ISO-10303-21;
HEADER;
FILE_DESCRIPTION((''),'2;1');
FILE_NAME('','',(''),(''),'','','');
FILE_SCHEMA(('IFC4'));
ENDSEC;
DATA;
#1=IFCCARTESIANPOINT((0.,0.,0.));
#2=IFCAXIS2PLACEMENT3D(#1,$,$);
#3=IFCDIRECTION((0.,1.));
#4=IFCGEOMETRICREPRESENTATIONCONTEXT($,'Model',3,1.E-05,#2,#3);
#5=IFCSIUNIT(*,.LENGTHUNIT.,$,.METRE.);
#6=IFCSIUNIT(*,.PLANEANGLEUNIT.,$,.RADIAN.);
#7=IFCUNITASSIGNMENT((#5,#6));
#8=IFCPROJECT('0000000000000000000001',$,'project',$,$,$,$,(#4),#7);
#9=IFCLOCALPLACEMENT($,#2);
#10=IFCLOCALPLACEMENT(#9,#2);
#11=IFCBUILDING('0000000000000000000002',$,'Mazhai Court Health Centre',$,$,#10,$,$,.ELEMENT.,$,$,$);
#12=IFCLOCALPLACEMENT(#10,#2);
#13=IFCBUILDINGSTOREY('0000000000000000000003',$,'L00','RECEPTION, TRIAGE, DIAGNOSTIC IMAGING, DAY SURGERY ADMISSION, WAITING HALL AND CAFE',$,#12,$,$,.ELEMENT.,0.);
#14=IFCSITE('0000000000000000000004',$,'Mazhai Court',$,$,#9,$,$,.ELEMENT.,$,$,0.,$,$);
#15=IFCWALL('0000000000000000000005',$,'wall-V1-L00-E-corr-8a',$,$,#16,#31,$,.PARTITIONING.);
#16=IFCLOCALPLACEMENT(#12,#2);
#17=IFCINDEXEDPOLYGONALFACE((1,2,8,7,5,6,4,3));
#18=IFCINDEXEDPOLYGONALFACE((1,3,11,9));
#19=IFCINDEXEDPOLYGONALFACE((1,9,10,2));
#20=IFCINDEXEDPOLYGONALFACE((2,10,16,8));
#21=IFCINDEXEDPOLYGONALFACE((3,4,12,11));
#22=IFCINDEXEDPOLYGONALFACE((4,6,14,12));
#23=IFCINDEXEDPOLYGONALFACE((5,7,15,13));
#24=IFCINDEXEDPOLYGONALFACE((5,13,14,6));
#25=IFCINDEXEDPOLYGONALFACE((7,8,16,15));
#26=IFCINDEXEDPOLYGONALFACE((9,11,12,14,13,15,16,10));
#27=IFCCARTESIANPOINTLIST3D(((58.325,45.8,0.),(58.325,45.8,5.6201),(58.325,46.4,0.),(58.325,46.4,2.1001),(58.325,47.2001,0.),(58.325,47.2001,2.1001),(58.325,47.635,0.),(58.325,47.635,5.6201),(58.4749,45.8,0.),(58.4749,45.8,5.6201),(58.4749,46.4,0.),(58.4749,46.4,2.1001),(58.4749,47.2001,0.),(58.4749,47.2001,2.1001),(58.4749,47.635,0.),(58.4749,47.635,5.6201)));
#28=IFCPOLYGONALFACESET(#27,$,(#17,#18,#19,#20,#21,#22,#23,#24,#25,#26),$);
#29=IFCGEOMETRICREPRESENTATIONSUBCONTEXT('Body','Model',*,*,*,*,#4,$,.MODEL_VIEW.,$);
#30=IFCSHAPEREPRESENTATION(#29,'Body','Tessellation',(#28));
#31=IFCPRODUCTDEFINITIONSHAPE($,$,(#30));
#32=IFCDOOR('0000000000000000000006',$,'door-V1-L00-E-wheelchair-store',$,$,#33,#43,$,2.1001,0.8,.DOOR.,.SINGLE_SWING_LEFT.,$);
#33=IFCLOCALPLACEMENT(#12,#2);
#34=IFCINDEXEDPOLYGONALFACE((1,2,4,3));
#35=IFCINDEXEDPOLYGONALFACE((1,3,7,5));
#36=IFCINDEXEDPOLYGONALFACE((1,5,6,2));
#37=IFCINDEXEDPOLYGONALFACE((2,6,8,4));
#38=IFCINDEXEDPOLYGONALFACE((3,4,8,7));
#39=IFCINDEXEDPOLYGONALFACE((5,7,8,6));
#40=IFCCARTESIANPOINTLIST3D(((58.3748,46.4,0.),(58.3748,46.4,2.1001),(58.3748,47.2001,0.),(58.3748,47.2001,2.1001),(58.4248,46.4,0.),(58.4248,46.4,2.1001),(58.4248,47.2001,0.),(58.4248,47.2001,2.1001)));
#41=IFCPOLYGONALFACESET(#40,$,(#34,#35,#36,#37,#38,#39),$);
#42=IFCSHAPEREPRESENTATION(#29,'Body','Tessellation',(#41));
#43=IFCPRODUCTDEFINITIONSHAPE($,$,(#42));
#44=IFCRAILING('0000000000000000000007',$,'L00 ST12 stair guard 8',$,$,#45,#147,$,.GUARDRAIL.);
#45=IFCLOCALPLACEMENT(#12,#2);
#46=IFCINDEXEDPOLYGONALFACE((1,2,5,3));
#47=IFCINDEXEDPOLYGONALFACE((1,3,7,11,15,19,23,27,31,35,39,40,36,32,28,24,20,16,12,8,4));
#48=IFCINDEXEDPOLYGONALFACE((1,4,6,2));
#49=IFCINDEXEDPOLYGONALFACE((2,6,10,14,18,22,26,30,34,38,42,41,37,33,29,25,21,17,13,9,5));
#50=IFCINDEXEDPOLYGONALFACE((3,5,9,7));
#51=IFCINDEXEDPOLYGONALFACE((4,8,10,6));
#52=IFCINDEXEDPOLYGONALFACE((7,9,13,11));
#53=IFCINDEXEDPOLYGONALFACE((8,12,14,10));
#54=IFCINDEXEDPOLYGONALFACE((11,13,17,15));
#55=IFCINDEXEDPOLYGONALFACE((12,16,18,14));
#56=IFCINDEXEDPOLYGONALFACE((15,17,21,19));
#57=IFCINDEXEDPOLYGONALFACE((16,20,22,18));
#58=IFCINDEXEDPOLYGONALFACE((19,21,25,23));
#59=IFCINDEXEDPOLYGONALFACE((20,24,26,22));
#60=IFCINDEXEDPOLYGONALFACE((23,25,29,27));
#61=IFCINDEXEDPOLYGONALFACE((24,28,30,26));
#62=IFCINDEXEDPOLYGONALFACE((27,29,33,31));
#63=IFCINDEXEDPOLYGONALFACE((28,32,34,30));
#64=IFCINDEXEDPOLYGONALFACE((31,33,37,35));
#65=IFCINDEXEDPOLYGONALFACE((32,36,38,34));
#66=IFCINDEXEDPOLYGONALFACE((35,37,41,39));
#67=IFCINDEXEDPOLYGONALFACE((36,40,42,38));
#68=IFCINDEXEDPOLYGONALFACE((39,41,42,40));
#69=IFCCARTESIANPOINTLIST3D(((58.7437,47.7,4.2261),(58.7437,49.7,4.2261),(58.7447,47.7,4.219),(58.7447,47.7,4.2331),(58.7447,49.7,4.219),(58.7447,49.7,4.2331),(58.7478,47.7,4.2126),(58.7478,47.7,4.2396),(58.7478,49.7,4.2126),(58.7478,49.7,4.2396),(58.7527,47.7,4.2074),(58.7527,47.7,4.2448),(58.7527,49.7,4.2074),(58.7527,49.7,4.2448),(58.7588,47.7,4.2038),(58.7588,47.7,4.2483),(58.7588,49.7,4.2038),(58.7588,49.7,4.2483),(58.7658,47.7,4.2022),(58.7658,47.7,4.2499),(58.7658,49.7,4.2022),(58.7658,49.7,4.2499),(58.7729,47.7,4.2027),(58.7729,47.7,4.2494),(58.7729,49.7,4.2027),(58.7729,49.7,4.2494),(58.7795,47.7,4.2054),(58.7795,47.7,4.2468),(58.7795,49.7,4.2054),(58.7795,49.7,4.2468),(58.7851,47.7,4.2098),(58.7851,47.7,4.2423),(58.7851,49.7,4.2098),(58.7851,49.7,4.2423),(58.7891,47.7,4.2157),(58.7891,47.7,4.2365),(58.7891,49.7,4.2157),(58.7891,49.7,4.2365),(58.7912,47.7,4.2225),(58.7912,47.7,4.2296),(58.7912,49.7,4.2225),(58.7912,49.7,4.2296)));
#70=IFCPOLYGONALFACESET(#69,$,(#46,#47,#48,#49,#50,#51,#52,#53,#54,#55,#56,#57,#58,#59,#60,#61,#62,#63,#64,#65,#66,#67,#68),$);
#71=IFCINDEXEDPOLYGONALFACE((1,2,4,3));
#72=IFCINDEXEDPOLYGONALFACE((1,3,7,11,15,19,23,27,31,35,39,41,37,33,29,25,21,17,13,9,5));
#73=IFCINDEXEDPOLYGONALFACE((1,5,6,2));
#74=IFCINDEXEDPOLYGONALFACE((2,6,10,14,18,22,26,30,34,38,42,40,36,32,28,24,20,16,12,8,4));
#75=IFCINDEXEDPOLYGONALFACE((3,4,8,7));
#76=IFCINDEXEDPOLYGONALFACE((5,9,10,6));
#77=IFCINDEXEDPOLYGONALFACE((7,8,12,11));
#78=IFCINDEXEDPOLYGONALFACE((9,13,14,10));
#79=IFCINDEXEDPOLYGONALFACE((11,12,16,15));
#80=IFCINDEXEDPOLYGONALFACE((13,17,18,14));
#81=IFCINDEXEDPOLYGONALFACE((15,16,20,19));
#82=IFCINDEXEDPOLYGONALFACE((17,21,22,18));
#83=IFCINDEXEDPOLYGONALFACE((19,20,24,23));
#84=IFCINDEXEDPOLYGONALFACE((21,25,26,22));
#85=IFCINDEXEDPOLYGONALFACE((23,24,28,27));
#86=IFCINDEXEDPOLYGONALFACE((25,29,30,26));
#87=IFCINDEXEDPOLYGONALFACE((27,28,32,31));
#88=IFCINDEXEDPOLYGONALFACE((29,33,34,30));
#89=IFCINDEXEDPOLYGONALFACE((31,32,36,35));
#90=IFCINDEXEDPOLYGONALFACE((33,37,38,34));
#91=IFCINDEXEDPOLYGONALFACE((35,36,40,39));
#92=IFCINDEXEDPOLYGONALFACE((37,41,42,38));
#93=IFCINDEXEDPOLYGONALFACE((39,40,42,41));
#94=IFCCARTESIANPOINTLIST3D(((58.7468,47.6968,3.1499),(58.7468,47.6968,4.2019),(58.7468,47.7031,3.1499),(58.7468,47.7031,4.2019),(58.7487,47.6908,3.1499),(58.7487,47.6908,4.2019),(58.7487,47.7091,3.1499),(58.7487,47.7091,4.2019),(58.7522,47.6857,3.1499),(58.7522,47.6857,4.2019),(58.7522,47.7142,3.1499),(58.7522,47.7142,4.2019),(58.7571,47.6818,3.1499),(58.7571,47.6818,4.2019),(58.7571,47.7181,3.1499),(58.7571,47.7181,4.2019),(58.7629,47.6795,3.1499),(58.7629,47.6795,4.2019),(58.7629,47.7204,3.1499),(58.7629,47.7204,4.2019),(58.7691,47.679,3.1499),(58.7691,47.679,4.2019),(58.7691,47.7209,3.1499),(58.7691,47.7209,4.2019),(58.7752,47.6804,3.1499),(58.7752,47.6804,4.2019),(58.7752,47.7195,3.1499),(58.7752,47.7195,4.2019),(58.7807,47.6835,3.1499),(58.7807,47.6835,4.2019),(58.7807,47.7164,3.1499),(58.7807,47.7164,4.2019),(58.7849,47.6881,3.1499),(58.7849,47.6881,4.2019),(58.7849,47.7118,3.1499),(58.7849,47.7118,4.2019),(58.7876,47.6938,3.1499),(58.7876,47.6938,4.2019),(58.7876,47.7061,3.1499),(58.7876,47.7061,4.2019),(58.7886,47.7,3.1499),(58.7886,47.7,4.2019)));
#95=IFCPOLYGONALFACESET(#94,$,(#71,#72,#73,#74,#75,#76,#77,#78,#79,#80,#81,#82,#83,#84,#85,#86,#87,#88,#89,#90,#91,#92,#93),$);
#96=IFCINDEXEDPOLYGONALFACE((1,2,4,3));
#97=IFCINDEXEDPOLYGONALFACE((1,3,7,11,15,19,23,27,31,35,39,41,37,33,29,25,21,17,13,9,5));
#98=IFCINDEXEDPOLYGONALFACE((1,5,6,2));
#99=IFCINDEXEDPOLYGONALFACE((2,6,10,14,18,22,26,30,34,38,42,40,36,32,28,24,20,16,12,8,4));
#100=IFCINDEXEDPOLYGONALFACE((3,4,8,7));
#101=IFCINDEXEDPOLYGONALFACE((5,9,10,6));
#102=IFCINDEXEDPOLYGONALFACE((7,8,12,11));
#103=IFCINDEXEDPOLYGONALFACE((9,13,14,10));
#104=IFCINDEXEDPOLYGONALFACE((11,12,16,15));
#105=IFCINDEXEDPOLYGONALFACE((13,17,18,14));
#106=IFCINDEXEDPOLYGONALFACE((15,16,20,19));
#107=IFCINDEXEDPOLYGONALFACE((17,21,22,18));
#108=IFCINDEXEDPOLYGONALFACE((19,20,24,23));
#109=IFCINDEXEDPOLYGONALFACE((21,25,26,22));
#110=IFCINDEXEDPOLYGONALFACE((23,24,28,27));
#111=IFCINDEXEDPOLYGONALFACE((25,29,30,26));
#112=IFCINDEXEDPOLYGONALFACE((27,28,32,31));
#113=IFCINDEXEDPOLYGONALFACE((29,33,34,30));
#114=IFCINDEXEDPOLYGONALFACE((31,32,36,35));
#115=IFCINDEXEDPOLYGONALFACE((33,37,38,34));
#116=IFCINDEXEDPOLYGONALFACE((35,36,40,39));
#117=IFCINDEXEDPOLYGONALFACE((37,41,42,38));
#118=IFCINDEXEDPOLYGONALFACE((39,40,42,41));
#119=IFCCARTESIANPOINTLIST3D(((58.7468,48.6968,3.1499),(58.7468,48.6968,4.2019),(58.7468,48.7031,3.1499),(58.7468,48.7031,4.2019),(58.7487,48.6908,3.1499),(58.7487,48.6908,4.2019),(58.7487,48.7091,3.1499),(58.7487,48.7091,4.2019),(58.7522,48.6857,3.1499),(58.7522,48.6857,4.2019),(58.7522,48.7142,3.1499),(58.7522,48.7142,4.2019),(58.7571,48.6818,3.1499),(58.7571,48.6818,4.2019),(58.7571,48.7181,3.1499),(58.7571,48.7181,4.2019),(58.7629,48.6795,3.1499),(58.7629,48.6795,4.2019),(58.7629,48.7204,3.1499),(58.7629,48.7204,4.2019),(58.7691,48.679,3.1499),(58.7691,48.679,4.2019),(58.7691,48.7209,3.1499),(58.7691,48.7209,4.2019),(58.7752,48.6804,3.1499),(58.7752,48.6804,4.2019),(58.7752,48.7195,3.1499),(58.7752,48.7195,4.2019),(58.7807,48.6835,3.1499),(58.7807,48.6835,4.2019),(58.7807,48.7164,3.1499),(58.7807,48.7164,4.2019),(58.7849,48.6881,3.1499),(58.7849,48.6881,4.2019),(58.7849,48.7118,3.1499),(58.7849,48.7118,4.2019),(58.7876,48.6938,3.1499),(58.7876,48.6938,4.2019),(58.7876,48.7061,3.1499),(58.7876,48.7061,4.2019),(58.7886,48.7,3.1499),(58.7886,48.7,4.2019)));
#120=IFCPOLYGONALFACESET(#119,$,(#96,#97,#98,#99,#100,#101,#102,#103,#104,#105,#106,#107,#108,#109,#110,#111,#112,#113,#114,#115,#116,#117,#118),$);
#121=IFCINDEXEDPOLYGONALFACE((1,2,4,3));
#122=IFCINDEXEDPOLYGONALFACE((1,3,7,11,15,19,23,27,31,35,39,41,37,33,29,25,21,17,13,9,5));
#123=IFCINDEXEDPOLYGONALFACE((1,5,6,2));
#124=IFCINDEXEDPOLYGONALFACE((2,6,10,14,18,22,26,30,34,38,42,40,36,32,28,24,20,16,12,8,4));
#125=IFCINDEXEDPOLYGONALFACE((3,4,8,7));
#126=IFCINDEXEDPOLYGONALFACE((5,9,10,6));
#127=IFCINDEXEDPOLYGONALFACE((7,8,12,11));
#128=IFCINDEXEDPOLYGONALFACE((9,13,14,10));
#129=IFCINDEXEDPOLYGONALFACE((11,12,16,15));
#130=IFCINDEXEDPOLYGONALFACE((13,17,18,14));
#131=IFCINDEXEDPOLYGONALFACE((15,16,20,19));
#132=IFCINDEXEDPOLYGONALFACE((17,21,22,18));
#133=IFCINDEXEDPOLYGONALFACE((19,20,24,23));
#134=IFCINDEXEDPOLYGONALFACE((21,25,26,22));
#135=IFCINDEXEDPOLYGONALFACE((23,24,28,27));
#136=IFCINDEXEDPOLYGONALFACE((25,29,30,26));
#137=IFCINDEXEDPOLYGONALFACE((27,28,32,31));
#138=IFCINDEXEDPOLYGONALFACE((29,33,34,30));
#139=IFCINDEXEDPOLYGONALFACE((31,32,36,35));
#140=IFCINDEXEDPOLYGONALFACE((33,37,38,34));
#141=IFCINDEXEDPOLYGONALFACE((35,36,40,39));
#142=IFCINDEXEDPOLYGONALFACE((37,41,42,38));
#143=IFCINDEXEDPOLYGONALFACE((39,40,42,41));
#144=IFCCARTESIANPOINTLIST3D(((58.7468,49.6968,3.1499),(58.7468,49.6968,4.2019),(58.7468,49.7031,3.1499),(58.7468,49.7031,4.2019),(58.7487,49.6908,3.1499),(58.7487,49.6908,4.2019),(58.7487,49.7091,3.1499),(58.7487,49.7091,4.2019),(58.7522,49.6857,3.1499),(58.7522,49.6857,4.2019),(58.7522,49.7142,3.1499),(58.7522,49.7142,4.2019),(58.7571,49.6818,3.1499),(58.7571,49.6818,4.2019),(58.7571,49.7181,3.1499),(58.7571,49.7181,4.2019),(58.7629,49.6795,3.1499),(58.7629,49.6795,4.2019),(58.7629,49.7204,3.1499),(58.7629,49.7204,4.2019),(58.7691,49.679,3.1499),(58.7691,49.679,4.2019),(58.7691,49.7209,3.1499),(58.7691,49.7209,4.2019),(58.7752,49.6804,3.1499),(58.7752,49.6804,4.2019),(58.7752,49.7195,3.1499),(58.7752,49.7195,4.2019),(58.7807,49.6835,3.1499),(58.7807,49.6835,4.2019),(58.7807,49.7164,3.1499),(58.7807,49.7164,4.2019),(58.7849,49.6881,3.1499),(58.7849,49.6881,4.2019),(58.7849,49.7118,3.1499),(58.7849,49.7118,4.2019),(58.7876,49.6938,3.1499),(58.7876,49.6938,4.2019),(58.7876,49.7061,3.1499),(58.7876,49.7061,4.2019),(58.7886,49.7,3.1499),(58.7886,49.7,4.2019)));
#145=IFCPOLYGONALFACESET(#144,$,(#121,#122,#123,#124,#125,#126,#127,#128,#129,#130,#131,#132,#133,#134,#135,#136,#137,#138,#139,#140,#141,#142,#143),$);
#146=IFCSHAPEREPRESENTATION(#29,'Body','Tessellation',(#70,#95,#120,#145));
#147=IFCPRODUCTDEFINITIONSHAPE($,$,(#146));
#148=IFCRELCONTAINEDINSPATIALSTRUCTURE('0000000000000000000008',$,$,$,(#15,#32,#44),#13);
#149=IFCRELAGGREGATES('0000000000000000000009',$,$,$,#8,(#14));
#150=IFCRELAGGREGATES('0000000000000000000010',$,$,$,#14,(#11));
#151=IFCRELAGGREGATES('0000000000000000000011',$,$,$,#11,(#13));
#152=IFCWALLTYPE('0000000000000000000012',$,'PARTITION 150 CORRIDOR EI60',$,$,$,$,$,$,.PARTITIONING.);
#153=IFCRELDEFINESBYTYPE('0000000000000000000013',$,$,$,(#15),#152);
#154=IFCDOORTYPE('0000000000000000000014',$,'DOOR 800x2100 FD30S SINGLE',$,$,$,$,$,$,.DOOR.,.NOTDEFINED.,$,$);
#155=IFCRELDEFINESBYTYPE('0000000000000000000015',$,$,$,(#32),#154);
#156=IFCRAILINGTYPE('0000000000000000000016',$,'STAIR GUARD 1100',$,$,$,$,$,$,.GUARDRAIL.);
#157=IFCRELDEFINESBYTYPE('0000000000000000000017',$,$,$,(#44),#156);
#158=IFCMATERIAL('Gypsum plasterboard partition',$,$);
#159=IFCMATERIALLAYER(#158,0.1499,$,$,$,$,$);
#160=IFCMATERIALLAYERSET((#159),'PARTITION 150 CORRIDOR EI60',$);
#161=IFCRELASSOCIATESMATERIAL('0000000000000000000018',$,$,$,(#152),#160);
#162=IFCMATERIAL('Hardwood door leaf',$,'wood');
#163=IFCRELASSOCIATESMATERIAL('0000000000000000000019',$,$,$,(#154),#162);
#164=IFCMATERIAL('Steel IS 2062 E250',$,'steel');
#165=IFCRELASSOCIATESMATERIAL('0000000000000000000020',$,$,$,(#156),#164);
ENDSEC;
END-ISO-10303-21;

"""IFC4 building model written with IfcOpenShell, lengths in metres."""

from ifc_helpers import new_model, si_unit, direction, frame, frame_2d, origin, origin_2d, place, context, subcontext, project, spatial, rectangle, circle, extrude, material, layer, layer_set, type_object, element, fill, save


model = new_model("IFC4")

# Units and contexts
model_context = context("Model", 3, precision=1e-05, world=origin(), true_north=direction((0.0, 1.0)))
body_context = subcontext(model_context, "Body", "Model", "MODEL_VIEW")
ifc_project = project(units=[si_unit("LENGTHUNIT", "METRE"), si_unit("PLANEANGLEUNIT", "RADIAN")], contexts=[model_context])

# Site, building, storey
site_placement = place(None, origin())
site = spatial("IfcSite", under=ifc_project, at=site_placement, Name="Mazhai Court", CompositionType="ELEMENT", RefElevation=0.0)
building_placement = place(site_placement, origin())
building = spatial("IfcBuilding", under=site, at=building_placement, Name="Mazhai Court Health Centre", CompositionType="ELEMENT")
storey_placement = place(building_placement, origin())
storey = spatial("IfcBuildingStorey", under=building, at=storey_placement, Name="L00", Description="RECEPTION, TRIAGE, DIAGNOSTIC IMAGING, DAY SURGERY ADMISSION, WAITING HALL AND CAFE", CompositionType="ELEMENT", Elevation=0.0)

# Wall, opening, door
ifc_material_1 = material(Name="Gypsum plasterboard partition")
ifc_layer = layer(ifc_material_1, 0.1499)
ifc_layer_set = layer_set([ifc_layer], Name="PARTITION 150 CORRIDOR EI60")
wall_type = type_object("IfcWallType", Name="PARTITION 150 CORRIDOR EI60", PredefinedType="PARTITIONING", material=ifc_layer_set)
ifc_material_2 = material(Name="Hardwood door leaf", Category="wood")
door_type_1 = type_object("IfcDoorType", Name="DOOR 800x2100 FD30S SINGLE", OperationType="NOTDEFINED", PredefinedType="DOOR", material=ifc_material_2)
wall_1_placement = place(storey_placement, frame((58.3999, 47.635, 0.0), z_axis=(0.0, 0.0, 1.0), x_axis=(0.0, -1.0, 0.0)))
wall_1 = element("IfcWall", 1, at=wall_1_placement, inside=storey, type_object=wall_type, Name="wall-V1-L00-E-corr-8a", PredefinedType="PARTITIONING", context=body_context, shape_type="SweptSolid", body=[
    extrude(rectangle(XDim=1.835, YDim=0.1499, at=frame_2d((0.9175, 0.0))), origin(), (0.0, 0.0, 1.0), 5.6201),
])
opening_1_placement = place(wall_1_placement, frame((0.4351, 0.0, 0.0)))
opening_1 = element("IfcOpeningElement", 2, at=opening_1_placement, cuts=wall_1, PredefinedType="OPENING", context=body_context, shape_type="SweptSolid", body=[
    extrude(rectangle(XDim=0.8, YDim=2.1001, at=frame_2d((0.3999, 1.05))), frame((0.0, 0.085, 0.0), z_axis=(0.0, -1.0, 0.0), x_axis=(1.0, 0.0, 0.0)), (0.0, 0.0, 1.0), 0.1699),
])
door_1_placement = place(opening_1_placement, origin())
door_1 = element("IfcDoor", 3, at=door_1_placement, inside=storey, type_object=door_type_1, Name="door-V1-L00-E-wheelchair-store", OperationType="SINGLE_SWING_LEFT", OverallHeight=2.1001, OverallWidth=0.8, PredefinedType="DOOR", context=body_context, shape_type="SweptSolid", body=[
    extrude(rectangle(XDim=0.8, YDim=2.1001, at=frame_2d((0.3999, 1.05))), frame((0.0, 0.0249, 0.0), z_axis=(0.0, -1.0, 0.0), x_axis=(1.0, 0.0, 0.0)), (0.0, 0.0, 1.0), 0.05),
])
fill(opening_1, door_1)

# Railing
ifc_material_3 = material(Name="Steel IS 2062 E250", Category="steel")
railing_type = type_object("IfcRailingType", Name="STAIR GUARD 1100", PredefinedType="GUARDRAIL", material=ifc_material_3)
railing_1_placement = place(storey_placement, frame((58.7676, 47.7, 3.1499)))
element("IfcRailing", 4, at=railing_1_placement, inside=storey, type_object=railing_type, Name="L00 ST12 stair guard 8", PredefinedType="GUARDRAIL", context=body_context, shape_type="SweptSolid", body=[
    extrude(circle(Radius=0.0239, at=origin_2d()), frame((0.0, 0.0, 1.0762), z_axis=(0.0, 1.0, 0.0), x_axis=(-1.0, 0.0, 0.0)), (0.0, 0.0, 1.0), 2.0),
    extrude(circle(Radius=0.021, at=origin_2d()), origin(), (0.0, 0.0, 1.0), 1.052),
    extrude(circle(Radius=0.021, at=origin_2d()), frame((0.0, 1.0, 0.0)), (0.0, 0.0, 1.0), 1.052),
    extrude(circle(Radius=0.021, at=origin_2d()), frame((0.0, 2.0, 0.0)), (0.0, 0.0, 1.0), 1.052),
])

save(model, "model.ifc")
